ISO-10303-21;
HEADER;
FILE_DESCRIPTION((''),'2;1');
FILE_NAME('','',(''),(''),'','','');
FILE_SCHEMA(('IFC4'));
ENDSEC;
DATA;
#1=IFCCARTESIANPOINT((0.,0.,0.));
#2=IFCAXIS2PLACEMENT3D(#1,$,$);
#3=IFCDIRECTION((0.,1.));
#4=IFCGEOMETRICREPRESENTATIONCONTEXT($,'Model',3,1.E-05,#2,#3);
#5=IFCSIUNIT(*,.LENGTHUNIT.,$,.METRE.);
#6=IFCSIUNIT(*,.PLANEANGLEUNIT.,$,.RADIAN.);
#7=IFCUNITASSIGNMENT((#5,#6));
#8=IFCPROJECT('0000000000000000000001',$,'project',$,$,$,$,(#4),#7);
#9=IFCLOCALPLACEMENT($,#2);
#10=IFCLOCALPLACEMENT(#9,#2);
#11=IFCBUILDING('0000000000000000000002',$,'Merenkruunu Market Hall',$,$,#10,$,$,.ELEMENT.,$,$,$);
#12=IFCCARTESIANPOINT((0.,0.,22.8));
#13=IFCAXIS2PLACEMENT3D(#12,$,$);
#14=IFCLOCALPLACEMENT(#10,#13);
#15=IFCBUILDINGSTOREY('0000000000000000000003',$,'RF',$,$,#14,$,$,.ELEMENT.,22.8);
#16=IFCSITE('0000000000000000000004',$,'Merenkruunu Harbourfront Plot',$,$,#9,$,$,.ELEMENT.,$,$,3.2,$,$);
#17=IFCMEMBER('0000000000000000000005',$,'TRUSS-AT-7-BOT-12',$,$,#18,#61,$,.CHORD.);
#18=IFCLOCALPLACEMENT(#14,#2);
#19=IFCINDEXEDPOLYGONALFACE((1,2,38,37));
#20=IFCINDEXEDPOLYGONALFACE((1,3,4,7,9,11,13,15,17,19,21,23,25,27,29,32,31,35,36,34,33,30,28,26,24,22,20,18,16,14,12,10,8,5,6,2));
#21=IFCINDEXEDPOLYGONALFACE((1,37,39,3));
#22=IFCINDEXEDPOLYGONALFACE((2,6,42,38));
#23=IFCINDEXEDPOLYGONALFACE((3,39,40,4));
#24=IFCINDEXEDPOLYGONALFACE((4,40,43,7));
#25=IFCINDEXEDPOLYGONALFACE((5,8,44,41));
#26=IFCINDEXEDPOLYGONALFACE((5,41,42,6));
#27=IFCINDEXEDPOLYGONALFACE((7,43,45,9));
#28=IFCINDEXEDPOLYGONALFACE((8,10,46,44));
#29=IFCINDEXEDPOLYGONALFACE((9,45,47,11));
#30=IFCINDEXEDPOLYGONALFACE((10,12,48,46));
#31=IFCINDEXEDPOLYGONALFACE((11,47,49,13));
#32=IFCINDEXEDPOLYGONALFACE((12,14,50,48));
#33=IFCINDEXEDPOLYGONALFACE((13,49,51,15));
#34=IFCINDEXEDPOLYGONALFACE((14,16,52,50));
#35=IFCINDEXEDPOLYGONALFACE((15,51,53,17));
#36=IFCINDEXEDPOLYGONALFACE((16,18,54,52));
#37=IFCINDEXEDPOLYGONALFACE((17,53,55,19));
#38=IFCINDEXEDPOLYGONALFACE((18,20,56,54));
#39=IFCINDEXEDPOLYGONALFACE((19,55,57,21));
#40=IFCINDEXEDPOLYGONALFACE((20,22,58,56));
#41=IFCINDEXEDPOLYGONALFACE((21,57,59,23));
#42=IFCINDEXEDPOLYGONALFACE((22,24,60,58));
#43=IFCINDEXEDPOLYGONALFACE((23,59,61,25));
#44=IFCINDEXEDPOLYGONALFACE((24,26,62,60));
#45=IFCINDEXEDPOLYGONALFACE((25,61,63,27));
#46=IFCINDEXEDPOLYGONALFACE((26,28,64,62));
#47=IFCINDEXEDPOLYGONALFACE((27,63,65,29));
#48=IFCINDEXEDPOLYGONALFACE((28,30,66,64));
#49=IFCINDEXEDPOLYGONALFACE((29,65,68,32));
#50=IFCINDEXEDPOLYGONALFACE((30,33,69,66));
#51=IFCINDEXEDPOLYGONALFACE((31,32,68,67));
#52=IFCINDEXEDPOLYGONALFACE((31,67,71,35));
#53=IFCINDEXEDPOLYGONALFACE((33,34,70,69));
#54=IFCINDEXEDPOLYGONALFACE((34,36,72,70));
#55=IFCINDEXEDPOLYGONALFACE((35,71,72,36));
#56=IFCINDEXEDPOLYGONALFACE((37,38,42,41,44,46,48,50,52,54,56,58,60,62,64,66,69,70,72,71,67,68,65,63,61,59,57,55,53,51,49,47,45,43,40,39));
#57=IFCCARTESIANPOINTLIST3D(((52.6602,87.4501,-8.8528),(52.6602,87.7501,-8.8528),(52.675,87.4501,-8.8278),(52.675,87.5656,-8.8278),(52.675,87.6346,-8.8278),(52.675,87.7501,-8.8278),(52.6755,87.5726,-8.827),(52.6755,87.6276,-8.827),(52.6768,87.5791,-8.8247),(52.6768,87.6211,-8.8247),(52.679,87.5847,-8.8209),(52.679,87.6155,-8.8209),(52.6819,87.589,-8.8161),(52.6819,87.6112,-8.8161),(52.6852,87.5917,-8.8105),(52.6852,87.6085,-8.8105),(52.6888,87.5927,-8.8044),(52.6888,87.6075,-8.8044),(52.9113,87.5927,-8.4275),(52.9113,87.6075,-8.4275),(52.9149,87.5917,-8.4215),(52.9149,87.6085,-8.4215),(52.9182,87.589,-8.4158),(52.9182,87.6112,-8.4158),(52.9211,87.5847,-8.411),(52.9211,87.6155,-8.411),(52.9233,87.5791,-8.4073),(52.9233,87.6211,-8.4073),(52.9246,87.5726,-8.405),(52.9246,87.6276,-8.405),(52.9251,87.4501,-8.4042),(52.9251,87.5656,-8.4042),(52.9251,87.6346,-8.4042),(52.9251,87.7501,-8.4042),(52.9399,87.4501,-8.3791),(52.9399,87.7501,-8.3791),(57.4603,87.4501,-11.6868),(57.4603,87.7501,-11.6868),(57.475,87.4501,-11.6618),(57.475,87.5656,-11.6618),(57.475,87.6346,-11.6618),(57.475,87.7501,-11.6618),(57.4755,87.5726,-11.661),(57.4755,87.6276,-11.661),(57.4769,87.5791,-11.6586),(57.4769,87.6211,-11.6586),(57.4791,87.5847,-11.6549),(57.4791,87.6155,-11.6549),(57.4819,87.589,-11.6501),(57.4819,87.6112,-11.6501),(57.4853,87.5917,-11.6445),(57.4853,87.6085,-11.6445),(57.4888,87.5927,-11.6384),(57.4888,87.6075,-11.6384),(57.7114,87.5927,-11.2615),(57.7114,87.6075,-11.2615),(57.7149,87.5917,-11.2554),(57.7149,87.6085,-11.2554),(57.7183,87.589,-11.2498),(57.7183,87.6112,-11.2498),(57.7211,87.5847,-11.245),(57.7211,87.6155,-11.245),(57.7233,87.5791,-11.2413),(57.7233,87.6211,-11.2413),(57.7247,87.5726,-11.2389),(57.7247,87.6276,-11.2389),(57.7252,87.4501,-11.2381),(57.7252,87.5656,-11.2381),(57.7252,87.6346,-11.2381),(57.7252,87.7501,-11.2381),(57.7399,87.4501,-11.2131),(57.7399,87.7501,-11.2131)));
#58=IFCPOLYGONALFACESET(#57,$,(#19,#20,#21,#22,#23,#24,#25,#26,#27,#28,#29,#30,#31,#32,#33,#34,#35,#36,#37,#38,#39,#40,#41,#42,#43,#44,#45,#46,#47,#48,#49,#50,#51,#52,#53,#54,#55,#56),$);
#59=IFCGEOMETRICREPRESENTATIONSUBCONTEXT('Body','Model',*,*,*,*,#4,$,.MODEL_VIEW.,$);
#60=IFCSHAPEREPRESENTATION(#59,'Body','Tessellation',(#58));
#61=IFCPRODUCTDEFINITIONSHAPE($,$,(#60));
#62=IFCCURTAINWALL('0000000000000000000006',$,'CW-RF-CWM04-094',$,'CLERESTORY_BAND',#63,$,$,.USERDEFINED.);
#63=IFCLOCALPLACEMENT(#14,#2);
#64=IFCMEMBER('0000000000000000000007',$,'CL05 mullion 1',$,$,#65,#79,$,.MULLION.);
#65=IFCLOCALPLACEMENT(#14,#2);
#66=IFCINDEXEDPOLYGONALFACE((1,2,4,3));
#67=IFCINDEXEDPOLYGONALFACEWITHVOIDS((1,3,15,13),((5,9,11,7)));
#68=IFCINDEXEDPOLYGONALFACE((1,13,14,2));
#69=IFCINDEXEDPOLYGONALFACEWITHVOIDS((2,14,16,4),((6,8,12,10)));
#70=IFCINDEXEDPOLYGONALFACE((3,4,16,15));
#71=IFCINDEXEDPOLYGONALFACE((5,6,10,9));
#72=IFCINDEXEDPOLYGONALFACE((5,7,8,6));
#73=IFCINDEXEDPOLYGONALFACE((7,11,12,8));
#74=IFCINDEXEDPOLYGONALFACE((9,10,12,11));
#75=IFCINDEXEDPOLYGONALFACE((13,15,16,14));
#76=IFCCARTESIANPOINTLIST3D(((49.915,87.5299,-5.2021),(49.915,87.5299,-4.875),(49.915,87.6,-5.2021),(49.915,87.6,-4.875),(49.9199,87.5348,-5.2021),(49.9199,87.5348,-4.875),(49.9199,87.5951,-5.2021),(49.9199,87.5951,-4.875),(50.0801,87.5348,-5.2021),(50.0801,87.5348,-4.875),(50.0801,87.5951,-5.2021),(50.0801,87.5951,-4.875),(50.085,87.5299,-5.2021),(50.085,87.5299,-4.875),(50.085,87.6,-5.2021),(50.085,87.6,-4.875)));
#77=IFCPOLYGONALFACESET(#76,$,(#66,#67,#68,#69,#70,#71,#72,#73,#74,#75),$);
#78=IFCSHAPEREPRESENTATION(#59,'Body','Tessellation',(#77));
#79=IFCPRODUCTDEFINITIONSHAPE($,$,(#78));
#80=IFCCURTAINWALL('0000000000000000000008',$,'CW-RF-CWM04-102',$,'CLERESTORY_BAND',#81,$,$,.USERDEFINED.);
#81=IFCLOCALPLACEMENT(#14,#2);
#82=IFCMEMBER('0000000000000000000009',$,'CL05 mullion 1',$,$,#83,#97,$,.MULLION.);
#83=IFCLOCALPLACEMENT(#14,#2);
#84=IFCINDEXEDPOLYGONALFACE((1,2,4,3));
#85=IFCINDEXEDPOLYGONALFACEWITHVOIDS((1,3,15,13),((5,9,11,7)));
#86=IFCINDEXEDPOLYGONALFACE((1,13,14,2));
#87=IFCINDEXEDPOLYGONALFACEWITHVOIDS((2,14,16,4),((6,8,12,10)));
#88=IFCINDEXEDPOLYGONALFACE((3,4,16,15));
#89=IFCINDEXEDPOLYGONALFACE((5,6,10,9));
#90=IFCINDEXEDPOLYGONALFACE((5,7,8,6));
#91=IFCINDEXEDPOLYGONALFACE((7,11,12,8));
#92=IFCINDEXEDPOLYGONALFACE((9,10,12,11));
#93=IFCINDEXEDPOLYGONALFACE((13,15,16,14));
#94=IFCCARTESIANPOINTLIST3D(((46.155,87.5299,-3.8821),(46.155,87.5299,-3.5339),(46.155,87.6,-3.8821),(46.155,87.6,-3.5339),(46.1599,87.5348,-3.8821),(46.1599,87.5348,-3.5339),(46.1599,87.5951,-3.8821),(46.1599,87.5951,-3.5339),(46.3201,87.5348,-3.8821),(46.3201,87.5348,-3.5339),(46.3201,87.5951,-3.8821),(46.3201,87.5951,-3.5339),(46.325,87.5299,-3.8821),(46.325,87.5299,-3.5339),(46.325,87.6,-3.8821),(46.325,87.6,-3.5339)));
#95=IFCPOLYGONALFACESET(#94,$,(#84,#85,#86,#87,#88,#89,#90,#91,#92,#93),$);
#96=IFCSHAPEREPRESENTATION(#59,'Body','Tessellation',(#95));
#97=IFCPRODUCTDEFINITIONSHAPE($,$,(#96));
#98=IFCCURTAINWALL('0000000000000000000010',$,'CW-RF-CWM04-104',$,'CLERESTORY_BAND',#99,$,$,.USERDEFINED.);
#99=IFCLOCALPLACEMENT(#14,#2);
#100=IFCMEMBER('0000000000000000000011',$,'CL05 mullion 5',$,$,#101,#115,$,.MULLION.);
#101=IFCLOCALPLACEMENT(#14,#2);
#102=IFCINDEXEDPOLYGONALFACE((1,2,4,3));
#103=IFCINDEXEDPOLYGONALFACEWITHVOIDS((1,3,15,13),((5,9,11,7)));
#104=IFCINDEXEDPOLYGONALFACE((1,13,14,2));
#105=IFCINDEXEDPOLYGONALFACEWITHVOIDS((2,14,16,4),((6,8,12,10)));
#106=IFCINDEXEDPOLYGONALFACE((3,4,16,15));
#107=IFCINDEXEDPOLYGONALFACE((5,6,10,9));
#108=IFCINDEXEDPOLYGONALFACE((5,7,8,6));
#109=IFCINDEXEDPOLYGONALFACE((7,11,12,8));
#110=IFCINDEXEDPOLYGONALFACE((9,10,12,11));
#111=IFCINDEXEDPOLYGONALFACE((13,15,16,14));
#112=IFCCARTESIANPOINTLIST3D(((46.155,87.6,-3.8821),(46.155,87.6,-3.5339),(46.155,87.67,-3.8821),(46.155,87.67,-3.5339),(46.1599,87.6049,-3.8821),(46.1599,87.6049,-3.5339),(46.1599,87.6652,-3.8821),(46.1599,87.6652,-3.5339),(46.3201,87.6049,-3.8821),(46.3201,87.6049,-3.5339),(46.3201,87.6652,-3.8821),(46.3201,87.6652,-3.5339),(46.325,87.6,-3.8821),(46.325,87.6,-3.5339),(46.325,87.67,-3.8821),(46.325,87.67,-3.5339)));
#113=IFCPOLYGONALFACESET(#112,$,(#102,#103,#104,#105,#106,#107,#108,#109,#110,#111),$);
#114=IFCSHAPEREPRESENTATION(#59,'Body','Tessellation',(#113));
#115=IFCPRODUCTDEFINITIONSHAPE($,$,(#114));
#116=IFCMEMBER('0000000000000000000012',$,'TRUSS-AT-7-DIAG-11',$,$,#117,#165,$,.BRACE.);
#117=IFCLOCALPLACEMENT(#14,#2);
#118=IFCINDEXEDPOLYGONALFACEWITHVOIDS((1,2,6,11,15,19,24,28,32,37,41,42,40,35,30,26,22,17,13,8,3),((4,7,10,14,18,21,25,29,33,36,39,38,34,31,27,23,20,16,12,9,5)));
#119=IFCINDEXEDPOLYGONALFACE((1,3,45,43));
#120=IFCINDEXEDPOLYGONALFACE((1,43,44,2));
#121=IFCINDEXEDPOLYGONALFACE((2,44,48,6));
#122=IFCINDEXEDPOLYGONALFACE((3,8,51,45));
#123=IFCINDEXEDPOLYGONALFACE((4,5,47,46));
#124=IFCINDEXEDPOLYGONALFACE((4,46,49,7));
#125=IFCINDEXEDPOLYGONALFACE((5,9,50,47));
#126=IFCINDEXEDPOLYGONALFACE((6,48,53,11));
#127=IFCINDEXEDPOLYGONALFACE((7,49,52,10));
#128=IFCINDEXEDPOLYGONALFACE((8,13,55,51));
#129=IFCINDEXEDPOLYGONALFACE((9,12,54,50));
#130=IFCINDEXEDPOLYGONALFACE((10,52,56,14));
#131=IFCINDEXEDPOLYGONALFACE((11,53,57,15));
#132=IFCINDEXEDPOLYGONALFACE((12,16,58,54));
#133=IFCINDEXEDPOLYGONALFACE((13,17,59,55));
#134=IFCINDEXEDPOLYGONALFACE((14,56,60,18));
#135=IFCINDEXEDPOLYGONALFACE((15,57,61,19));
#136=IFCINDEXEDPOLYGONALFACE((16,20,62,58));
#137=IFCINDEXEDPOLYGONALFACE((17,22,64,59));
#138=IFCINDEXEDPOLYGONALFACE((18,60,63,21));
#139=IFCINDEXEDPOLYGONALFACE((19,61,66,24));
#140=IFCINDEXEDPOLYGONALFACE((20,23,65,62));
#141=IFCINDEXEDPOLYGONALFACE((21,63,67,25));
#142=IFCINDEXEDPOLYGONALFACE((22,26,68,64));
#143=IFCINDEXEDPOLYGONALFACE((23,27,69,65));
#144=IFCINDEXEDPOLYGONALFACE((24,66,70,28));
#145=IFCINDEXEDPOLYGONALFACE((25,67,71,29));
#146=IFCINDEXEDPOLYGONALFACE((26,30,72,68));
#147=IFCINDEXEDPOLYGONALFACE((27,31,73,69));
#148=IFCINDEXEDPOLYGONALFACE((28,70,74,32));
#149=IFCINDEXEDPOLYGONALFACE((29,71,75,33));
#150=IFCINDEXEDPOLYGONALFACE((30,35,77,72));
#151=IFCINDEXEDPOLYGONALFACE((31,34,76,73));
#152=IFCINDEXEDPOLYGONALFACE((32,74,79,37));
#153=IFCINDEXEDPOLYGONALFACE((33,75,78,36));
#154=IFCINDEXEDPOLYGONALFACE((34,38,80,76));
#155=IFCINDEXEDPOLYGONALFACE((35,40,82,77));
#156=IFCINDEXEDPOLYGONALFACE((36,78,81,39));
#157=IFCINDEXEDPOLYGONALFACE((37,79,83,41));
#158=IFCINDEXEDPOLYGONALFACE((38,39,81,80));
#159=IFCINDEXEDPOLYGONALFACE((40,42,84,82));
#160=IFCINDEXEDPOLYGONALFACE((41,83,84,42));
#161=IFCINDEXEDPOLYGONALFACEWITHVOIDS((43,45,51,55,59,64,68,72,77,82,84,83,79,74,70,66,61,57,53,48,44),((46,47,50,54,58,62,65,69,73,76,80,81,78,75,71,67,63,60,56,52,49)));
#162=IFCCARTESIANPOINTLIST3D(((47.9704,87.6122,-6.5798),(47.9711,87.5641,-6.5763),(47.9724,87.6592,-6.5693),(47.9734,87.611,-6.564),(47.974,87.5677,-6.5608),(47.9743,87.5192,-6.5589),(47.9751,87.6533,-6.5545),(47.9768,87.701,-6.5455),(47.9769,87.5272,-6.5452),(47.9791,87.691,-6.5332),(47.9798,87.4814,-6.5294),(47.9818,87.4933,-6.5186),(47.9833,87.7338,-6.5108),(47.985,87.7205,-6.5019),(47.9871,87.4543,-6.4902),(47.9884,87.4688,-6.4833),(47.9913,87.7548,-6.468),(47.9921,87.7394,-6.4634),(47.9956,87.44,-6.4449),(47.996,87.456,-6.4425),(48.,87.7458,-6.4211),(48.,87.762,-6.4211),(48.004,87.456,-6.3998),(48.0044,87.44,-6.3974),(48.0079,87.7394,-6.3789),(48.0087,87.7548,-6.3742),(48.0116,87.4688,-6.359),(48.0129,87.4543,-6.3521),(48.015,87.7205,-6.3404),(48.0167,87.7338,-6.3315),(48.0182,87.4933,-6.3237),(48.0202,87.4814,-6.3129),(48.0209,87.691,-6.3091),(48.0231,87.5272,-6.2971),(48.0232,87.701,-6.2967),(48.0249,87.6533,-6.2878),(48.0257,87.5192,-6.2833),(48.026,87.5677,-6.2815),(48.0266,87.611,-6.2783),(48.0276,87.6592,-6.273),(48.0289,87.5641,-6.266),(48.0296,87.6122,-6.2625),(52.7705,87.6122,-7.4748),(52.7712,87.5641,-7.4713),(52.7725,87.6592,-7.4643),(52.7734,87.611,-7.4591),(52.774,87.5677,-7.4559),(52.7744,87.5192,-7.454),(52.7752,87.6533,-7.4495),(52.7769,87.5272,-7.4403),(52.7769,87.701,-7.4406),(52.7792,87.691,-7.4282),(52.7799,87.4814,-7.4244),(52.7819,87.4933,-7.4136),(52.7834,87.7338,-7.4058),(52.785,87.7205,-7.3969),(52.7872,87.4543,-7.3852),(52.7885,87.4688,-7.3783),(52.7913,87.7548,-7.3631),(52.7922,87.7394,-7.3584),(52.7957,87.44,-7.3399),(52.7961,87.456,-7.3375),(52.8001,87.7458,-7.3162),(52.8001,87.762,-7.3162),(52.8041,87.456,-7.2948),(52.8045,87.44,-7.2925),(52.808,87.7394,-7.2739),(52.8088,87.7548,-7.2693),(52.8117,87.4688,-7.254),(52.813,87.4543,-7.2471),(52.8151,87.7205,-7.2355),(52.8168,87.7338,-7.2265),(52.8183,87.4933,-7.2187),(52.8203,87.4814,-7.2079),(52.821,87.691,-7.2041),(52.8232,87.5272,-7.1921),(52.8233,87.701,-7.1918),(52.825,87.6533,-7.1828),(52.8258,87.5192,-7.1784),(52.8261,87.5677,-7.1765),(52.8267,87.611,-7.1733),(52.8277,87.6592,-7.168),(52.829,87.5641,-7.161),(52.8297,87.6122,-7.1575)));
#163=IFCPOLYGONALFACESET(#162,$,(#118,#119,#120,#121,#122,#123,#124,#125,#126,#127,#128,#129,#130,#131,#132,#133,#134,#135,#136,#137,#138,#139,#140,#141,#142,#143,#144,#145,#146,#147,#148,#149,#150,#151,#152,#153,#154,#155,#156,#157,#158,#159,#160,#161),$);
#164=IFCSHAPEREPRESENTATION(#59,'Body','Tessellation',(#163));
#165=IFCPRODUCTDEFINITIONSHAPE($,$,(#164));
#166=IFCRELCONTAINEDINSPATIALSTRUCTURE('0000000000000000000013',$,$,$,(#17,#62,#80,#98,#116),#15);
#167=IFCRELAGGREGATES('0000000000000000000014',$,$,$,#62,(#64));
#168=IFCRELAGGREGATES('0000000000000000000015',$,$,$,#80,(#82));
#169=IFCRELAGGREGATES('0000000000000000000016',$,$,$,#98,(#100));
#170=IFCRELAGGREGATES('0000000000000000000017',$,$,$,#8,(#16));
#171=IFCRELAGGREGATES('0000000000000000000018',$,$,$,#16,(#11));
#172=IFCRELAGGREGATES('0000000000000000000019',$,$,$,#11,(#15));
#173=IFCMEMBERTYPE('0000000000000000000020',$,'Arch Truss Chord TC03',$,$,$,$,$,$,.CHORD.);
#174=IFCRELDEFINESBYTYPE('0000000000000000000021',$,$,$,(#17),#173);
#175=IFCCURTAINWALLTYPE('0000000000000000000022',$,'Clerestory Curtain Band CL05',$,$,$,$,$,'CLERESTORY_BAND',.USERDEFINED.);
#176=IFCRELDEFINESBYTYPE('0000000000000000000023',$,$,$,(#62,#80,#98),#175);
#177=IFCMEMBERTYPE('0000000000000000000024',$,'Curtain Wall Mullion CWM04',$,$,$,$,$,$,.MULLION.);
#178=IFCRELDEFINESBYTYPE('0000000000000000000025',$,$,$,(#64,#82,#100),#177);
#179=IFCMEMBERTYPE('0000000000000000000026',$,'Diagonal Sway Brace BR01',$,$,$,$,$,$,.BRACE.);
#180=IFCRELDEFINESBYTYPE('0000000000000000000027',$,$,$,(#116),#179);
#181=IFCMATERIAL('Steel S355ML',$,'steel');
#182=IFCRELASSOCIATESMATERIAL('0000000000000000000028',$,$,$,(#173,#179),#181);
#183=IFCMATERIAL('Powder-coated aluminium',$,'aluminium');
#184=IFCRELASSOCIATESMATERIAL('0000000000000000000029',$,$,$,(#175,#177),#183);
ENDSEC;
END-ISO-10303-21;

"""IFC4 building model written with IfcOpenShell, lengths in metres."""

from ifc_helpers import new_model, si_unit, direction, frame, origin, origin_2d, place, context, subcontext, project, spatial, hollow_rectangle, hollow_circle, i_section, extrude, material, material_profile, profile_set, type_object, element, aggregate, save


model = new_model("IFC4")

# Units and contexts
model_context = context("Model", 3, precision=1e-05, world=origin(), true_north=direction((0.0, 1.0)))
body_context = subcontext(model_context, "Body", "Model", "MODEL_VIEW")
ifc_project = project(units=[si_unit("LENGTHUNIT", "METRE"), si_unit("PLANEANGLEUNIT", "RADIAN")], contexts=[model_context])

# Site, building, storey
site_placement = place(None, origin())
site = spatial("IfcSite", under=ifc_project, at=site_placement, Name="Merenkruunu Harbourfront Plot", CompositionType="ELEMENT", RefElevation=3.2)
building_placement = place(site_placement, origin())
building = spatial("IfcBuilding", under=site, at=building_placement, Name="Merenkruunu Market Hall", CompositionType="ELEMENT")
storey_placement = place(building_placement, frame((0.0, 0.0, 22.8)))
storey = spatial("IfcBuildingStorey", under=building, at=storey_placement, Name="RF", CompositionType="ELEMENT", Elevation=22.8)

# Member
ifc_material_1 = material(Name="Steel S355ML", Category="steel")
ifc_material_profile_1 = material_profile(ifc_material_1, i_section(OverallWidth=0.3, OverallDepth=0.55, WebThickness=0.0149, FlangeThickness=0.0291, FilletRadius=0.0271, at=origin_2d()), Name="HEB 550")
ifc_profile_set_1 = profile_set([ifc_material_profile_1], Name="Steel S355ML")
member_type_1 = type_object("IfcMemberType", Name="Arch Truss Chord TC03", PredefinedType="CHORD", material=ifc_profile_set_1)
member_1_placement = place(storey_placement, frame((52.8, 87.6001, -8.616), z_axis=(0.861116, 0.0, -0.508409), x_axis=(0.0, 1.0, 0.0)))
element("IfcMember", 1, at=member_1_placement, inside=storey, type_object=member_type_1, Name="TRUSS-AT-7-BOT-12", PredefinedType="CHORD", context=body_context, shape_type="SweptSolid", body=[
    extrude(i_section(OverallWidth=0.3, OverallDepth=0.55, WebThickness=0.0149, FlangeThickness=0.0291, FilletRadius=0.0271, at=origin_2d()), origin(), (0.0, 0.0, 1.0), 5.5742),
])

# Curtain walls, members
ifc_material_2 = material(Name="Powder-coated aluminium", Category="aluminium")
curtain_wall_type = type_object("IfcCurtainWallType", Name="Clerestory Curtain Band CL05", ElementType="CLERESTORY_BAND", PredefinedType="USERDEFINED", material=ifc_material_2)
curtain_wall_1_placement = place(storey_placement, origin())
curtain_wall_1 = element("IfcCurtainWall", 2, at=curtain_wall_1_placement, inside=storey, type_object=curtain_wall_type, Name="CW-RF-CWM04-094", ObjectType="CLERESTORY_BAND", PredefinedType="USERDEFINED")
ifc_material_profile_2 = material_profile(ifc_material_2, hollow_rectangle(XDim=0.0701, YDim=0.1699, WallThickness=0.0049, at=origin_2d()), Name="ALU 70x170x5")
ifc_profile_set_2 = profile_set([ifc_material_profile_2], Name="Powder-coated aluminium")
member_type_2 = type_object("IfcMemberType", Name="Curtain Wall Mullion CWM04", PredefinedType="MULLION", material=ifc_profile_set_2)
member_2_placement = place(storey_placement, frame((50.0, 87.5649, -5.2021), z_axis=(0.0, 0.0, 1.0), x_axis=(0.0, -1.0, 0.0)))
member_2 = element("IfcMember", 3, at=member_2_placement, type_object=member_type_2, Name="CL05 mullion 1", PredefinedType="MULLION", context=body_context, shape_type="SweptSolid", body=[
    extrude(hollow_rectangle(XDim=0.0701, YDim=0.1699, WallThickness=0.0049, at=origin_2d()), origin(), (0.0, 0.0, 1.0), 0.3271),
])
aggregate(curtain_wall_1, [member_2])
curtain_wall_2_placement = place(storey_placement, origin())
curtain_wall_2 = element("IfcCurtainWall", 4, at=curtain_wall_2_placement, inside=storey, type_object=curtain_wall_type, Name="CW-RF-CWM04-102", ObjectType="CLERESTORY_BAND", PredefinedType="USERDEFINED")
member_3_placement = place(storey_placement, frame((46.24, 87.5649, -3.8821), z_axis=(0.0, 0.0, 1.0), x_axis=(0.0, -1.0, 0.0)))
member_3 = element("IfcMember", 5, at=member_3_placement, type_object=member_type_2, Name="CL05 mullion 1", PredefinedType="MULLION", context=body_context, shape_type="SweptSolid", body=[
    extrude(hollow_rectangle(XDim=0.0701, YDim=0.1699, WallThickness=0.0049, at=origin_2d()), origin(), (0.0, 0.0, 1.0), 0.3481),
])
aggregate(curtain_wall_2, [member_3])
curtain_wall_3_placement = place(storey_placement, origin())
curtain_wall_3 = element("IfcCurtainWall", 6, at=curtain_wall_3_placement, inside=storey, type_object=curtain_wall_type, Name="CW-RF-CWM04-104", ObjectType="CLERESTORY_BAND", PredefinedType="USERDEFINED")
member_4_placement = place(storey_placement, frame((46.24, 87.635, -3.8821), z_axis=(0.0, 0.0, 1.0), x_axis=(0.0, -1.0, 0.0)))
member_4 = element("IfcMember", 7, at=member_4_placement, type_object=member_type_2, Name="CL05 mullion 5", PredefinedType="MULLION", context=body_context, shape_type="SweptSolid", body=[
    extrude(hollow_rectangle(XDim=0.0701, YDim=0.1699, WallThickness=0.0049, at=origin_2d()), origin(), (0.0, 0.0, 1.0), 0.3481),
])
aggregate(curtain_wall_3, [member_4])

# Member
ifc_material_profile_3 = material_profile(ifc_material_1, hollow_circle(Radius=0.1619, WallThickness=0.0161, at=origin_2d()), Name="CHS 323.9x16")
ifc_profile_set_3 = profile_set([ifc_material_profile_3], Name="Steel S355ML")
member_type_3 = type_object("IfcMemberType", Name="Diagonal Sway Brace BR01", PredefinedType="BRACE", material=ifc_profile_set_3)
member_5_placement = place(storey_placement, frame((48.0, 87.6001, -6.4211), z_axis=(0.983057, 0.0, -0.183301), x_axis=(0.0, 1.0, 0.0)))
element("IfcMember", 8, at=member_5_placement, inside=storey, type_object=member_type_3, Name="TRUSS-AT-7-DIAG-11", PredefinedType="BRACE", context=body_context, shape_type="SweptSolid", body=[
    extrude(hollow_circle(Radius=0.1619, WallThickness=0.0161, at=origin_2d()), origin(), (0.0, 0.0, 1.0), 4.8828),
])

save(model, "model.ifc")
